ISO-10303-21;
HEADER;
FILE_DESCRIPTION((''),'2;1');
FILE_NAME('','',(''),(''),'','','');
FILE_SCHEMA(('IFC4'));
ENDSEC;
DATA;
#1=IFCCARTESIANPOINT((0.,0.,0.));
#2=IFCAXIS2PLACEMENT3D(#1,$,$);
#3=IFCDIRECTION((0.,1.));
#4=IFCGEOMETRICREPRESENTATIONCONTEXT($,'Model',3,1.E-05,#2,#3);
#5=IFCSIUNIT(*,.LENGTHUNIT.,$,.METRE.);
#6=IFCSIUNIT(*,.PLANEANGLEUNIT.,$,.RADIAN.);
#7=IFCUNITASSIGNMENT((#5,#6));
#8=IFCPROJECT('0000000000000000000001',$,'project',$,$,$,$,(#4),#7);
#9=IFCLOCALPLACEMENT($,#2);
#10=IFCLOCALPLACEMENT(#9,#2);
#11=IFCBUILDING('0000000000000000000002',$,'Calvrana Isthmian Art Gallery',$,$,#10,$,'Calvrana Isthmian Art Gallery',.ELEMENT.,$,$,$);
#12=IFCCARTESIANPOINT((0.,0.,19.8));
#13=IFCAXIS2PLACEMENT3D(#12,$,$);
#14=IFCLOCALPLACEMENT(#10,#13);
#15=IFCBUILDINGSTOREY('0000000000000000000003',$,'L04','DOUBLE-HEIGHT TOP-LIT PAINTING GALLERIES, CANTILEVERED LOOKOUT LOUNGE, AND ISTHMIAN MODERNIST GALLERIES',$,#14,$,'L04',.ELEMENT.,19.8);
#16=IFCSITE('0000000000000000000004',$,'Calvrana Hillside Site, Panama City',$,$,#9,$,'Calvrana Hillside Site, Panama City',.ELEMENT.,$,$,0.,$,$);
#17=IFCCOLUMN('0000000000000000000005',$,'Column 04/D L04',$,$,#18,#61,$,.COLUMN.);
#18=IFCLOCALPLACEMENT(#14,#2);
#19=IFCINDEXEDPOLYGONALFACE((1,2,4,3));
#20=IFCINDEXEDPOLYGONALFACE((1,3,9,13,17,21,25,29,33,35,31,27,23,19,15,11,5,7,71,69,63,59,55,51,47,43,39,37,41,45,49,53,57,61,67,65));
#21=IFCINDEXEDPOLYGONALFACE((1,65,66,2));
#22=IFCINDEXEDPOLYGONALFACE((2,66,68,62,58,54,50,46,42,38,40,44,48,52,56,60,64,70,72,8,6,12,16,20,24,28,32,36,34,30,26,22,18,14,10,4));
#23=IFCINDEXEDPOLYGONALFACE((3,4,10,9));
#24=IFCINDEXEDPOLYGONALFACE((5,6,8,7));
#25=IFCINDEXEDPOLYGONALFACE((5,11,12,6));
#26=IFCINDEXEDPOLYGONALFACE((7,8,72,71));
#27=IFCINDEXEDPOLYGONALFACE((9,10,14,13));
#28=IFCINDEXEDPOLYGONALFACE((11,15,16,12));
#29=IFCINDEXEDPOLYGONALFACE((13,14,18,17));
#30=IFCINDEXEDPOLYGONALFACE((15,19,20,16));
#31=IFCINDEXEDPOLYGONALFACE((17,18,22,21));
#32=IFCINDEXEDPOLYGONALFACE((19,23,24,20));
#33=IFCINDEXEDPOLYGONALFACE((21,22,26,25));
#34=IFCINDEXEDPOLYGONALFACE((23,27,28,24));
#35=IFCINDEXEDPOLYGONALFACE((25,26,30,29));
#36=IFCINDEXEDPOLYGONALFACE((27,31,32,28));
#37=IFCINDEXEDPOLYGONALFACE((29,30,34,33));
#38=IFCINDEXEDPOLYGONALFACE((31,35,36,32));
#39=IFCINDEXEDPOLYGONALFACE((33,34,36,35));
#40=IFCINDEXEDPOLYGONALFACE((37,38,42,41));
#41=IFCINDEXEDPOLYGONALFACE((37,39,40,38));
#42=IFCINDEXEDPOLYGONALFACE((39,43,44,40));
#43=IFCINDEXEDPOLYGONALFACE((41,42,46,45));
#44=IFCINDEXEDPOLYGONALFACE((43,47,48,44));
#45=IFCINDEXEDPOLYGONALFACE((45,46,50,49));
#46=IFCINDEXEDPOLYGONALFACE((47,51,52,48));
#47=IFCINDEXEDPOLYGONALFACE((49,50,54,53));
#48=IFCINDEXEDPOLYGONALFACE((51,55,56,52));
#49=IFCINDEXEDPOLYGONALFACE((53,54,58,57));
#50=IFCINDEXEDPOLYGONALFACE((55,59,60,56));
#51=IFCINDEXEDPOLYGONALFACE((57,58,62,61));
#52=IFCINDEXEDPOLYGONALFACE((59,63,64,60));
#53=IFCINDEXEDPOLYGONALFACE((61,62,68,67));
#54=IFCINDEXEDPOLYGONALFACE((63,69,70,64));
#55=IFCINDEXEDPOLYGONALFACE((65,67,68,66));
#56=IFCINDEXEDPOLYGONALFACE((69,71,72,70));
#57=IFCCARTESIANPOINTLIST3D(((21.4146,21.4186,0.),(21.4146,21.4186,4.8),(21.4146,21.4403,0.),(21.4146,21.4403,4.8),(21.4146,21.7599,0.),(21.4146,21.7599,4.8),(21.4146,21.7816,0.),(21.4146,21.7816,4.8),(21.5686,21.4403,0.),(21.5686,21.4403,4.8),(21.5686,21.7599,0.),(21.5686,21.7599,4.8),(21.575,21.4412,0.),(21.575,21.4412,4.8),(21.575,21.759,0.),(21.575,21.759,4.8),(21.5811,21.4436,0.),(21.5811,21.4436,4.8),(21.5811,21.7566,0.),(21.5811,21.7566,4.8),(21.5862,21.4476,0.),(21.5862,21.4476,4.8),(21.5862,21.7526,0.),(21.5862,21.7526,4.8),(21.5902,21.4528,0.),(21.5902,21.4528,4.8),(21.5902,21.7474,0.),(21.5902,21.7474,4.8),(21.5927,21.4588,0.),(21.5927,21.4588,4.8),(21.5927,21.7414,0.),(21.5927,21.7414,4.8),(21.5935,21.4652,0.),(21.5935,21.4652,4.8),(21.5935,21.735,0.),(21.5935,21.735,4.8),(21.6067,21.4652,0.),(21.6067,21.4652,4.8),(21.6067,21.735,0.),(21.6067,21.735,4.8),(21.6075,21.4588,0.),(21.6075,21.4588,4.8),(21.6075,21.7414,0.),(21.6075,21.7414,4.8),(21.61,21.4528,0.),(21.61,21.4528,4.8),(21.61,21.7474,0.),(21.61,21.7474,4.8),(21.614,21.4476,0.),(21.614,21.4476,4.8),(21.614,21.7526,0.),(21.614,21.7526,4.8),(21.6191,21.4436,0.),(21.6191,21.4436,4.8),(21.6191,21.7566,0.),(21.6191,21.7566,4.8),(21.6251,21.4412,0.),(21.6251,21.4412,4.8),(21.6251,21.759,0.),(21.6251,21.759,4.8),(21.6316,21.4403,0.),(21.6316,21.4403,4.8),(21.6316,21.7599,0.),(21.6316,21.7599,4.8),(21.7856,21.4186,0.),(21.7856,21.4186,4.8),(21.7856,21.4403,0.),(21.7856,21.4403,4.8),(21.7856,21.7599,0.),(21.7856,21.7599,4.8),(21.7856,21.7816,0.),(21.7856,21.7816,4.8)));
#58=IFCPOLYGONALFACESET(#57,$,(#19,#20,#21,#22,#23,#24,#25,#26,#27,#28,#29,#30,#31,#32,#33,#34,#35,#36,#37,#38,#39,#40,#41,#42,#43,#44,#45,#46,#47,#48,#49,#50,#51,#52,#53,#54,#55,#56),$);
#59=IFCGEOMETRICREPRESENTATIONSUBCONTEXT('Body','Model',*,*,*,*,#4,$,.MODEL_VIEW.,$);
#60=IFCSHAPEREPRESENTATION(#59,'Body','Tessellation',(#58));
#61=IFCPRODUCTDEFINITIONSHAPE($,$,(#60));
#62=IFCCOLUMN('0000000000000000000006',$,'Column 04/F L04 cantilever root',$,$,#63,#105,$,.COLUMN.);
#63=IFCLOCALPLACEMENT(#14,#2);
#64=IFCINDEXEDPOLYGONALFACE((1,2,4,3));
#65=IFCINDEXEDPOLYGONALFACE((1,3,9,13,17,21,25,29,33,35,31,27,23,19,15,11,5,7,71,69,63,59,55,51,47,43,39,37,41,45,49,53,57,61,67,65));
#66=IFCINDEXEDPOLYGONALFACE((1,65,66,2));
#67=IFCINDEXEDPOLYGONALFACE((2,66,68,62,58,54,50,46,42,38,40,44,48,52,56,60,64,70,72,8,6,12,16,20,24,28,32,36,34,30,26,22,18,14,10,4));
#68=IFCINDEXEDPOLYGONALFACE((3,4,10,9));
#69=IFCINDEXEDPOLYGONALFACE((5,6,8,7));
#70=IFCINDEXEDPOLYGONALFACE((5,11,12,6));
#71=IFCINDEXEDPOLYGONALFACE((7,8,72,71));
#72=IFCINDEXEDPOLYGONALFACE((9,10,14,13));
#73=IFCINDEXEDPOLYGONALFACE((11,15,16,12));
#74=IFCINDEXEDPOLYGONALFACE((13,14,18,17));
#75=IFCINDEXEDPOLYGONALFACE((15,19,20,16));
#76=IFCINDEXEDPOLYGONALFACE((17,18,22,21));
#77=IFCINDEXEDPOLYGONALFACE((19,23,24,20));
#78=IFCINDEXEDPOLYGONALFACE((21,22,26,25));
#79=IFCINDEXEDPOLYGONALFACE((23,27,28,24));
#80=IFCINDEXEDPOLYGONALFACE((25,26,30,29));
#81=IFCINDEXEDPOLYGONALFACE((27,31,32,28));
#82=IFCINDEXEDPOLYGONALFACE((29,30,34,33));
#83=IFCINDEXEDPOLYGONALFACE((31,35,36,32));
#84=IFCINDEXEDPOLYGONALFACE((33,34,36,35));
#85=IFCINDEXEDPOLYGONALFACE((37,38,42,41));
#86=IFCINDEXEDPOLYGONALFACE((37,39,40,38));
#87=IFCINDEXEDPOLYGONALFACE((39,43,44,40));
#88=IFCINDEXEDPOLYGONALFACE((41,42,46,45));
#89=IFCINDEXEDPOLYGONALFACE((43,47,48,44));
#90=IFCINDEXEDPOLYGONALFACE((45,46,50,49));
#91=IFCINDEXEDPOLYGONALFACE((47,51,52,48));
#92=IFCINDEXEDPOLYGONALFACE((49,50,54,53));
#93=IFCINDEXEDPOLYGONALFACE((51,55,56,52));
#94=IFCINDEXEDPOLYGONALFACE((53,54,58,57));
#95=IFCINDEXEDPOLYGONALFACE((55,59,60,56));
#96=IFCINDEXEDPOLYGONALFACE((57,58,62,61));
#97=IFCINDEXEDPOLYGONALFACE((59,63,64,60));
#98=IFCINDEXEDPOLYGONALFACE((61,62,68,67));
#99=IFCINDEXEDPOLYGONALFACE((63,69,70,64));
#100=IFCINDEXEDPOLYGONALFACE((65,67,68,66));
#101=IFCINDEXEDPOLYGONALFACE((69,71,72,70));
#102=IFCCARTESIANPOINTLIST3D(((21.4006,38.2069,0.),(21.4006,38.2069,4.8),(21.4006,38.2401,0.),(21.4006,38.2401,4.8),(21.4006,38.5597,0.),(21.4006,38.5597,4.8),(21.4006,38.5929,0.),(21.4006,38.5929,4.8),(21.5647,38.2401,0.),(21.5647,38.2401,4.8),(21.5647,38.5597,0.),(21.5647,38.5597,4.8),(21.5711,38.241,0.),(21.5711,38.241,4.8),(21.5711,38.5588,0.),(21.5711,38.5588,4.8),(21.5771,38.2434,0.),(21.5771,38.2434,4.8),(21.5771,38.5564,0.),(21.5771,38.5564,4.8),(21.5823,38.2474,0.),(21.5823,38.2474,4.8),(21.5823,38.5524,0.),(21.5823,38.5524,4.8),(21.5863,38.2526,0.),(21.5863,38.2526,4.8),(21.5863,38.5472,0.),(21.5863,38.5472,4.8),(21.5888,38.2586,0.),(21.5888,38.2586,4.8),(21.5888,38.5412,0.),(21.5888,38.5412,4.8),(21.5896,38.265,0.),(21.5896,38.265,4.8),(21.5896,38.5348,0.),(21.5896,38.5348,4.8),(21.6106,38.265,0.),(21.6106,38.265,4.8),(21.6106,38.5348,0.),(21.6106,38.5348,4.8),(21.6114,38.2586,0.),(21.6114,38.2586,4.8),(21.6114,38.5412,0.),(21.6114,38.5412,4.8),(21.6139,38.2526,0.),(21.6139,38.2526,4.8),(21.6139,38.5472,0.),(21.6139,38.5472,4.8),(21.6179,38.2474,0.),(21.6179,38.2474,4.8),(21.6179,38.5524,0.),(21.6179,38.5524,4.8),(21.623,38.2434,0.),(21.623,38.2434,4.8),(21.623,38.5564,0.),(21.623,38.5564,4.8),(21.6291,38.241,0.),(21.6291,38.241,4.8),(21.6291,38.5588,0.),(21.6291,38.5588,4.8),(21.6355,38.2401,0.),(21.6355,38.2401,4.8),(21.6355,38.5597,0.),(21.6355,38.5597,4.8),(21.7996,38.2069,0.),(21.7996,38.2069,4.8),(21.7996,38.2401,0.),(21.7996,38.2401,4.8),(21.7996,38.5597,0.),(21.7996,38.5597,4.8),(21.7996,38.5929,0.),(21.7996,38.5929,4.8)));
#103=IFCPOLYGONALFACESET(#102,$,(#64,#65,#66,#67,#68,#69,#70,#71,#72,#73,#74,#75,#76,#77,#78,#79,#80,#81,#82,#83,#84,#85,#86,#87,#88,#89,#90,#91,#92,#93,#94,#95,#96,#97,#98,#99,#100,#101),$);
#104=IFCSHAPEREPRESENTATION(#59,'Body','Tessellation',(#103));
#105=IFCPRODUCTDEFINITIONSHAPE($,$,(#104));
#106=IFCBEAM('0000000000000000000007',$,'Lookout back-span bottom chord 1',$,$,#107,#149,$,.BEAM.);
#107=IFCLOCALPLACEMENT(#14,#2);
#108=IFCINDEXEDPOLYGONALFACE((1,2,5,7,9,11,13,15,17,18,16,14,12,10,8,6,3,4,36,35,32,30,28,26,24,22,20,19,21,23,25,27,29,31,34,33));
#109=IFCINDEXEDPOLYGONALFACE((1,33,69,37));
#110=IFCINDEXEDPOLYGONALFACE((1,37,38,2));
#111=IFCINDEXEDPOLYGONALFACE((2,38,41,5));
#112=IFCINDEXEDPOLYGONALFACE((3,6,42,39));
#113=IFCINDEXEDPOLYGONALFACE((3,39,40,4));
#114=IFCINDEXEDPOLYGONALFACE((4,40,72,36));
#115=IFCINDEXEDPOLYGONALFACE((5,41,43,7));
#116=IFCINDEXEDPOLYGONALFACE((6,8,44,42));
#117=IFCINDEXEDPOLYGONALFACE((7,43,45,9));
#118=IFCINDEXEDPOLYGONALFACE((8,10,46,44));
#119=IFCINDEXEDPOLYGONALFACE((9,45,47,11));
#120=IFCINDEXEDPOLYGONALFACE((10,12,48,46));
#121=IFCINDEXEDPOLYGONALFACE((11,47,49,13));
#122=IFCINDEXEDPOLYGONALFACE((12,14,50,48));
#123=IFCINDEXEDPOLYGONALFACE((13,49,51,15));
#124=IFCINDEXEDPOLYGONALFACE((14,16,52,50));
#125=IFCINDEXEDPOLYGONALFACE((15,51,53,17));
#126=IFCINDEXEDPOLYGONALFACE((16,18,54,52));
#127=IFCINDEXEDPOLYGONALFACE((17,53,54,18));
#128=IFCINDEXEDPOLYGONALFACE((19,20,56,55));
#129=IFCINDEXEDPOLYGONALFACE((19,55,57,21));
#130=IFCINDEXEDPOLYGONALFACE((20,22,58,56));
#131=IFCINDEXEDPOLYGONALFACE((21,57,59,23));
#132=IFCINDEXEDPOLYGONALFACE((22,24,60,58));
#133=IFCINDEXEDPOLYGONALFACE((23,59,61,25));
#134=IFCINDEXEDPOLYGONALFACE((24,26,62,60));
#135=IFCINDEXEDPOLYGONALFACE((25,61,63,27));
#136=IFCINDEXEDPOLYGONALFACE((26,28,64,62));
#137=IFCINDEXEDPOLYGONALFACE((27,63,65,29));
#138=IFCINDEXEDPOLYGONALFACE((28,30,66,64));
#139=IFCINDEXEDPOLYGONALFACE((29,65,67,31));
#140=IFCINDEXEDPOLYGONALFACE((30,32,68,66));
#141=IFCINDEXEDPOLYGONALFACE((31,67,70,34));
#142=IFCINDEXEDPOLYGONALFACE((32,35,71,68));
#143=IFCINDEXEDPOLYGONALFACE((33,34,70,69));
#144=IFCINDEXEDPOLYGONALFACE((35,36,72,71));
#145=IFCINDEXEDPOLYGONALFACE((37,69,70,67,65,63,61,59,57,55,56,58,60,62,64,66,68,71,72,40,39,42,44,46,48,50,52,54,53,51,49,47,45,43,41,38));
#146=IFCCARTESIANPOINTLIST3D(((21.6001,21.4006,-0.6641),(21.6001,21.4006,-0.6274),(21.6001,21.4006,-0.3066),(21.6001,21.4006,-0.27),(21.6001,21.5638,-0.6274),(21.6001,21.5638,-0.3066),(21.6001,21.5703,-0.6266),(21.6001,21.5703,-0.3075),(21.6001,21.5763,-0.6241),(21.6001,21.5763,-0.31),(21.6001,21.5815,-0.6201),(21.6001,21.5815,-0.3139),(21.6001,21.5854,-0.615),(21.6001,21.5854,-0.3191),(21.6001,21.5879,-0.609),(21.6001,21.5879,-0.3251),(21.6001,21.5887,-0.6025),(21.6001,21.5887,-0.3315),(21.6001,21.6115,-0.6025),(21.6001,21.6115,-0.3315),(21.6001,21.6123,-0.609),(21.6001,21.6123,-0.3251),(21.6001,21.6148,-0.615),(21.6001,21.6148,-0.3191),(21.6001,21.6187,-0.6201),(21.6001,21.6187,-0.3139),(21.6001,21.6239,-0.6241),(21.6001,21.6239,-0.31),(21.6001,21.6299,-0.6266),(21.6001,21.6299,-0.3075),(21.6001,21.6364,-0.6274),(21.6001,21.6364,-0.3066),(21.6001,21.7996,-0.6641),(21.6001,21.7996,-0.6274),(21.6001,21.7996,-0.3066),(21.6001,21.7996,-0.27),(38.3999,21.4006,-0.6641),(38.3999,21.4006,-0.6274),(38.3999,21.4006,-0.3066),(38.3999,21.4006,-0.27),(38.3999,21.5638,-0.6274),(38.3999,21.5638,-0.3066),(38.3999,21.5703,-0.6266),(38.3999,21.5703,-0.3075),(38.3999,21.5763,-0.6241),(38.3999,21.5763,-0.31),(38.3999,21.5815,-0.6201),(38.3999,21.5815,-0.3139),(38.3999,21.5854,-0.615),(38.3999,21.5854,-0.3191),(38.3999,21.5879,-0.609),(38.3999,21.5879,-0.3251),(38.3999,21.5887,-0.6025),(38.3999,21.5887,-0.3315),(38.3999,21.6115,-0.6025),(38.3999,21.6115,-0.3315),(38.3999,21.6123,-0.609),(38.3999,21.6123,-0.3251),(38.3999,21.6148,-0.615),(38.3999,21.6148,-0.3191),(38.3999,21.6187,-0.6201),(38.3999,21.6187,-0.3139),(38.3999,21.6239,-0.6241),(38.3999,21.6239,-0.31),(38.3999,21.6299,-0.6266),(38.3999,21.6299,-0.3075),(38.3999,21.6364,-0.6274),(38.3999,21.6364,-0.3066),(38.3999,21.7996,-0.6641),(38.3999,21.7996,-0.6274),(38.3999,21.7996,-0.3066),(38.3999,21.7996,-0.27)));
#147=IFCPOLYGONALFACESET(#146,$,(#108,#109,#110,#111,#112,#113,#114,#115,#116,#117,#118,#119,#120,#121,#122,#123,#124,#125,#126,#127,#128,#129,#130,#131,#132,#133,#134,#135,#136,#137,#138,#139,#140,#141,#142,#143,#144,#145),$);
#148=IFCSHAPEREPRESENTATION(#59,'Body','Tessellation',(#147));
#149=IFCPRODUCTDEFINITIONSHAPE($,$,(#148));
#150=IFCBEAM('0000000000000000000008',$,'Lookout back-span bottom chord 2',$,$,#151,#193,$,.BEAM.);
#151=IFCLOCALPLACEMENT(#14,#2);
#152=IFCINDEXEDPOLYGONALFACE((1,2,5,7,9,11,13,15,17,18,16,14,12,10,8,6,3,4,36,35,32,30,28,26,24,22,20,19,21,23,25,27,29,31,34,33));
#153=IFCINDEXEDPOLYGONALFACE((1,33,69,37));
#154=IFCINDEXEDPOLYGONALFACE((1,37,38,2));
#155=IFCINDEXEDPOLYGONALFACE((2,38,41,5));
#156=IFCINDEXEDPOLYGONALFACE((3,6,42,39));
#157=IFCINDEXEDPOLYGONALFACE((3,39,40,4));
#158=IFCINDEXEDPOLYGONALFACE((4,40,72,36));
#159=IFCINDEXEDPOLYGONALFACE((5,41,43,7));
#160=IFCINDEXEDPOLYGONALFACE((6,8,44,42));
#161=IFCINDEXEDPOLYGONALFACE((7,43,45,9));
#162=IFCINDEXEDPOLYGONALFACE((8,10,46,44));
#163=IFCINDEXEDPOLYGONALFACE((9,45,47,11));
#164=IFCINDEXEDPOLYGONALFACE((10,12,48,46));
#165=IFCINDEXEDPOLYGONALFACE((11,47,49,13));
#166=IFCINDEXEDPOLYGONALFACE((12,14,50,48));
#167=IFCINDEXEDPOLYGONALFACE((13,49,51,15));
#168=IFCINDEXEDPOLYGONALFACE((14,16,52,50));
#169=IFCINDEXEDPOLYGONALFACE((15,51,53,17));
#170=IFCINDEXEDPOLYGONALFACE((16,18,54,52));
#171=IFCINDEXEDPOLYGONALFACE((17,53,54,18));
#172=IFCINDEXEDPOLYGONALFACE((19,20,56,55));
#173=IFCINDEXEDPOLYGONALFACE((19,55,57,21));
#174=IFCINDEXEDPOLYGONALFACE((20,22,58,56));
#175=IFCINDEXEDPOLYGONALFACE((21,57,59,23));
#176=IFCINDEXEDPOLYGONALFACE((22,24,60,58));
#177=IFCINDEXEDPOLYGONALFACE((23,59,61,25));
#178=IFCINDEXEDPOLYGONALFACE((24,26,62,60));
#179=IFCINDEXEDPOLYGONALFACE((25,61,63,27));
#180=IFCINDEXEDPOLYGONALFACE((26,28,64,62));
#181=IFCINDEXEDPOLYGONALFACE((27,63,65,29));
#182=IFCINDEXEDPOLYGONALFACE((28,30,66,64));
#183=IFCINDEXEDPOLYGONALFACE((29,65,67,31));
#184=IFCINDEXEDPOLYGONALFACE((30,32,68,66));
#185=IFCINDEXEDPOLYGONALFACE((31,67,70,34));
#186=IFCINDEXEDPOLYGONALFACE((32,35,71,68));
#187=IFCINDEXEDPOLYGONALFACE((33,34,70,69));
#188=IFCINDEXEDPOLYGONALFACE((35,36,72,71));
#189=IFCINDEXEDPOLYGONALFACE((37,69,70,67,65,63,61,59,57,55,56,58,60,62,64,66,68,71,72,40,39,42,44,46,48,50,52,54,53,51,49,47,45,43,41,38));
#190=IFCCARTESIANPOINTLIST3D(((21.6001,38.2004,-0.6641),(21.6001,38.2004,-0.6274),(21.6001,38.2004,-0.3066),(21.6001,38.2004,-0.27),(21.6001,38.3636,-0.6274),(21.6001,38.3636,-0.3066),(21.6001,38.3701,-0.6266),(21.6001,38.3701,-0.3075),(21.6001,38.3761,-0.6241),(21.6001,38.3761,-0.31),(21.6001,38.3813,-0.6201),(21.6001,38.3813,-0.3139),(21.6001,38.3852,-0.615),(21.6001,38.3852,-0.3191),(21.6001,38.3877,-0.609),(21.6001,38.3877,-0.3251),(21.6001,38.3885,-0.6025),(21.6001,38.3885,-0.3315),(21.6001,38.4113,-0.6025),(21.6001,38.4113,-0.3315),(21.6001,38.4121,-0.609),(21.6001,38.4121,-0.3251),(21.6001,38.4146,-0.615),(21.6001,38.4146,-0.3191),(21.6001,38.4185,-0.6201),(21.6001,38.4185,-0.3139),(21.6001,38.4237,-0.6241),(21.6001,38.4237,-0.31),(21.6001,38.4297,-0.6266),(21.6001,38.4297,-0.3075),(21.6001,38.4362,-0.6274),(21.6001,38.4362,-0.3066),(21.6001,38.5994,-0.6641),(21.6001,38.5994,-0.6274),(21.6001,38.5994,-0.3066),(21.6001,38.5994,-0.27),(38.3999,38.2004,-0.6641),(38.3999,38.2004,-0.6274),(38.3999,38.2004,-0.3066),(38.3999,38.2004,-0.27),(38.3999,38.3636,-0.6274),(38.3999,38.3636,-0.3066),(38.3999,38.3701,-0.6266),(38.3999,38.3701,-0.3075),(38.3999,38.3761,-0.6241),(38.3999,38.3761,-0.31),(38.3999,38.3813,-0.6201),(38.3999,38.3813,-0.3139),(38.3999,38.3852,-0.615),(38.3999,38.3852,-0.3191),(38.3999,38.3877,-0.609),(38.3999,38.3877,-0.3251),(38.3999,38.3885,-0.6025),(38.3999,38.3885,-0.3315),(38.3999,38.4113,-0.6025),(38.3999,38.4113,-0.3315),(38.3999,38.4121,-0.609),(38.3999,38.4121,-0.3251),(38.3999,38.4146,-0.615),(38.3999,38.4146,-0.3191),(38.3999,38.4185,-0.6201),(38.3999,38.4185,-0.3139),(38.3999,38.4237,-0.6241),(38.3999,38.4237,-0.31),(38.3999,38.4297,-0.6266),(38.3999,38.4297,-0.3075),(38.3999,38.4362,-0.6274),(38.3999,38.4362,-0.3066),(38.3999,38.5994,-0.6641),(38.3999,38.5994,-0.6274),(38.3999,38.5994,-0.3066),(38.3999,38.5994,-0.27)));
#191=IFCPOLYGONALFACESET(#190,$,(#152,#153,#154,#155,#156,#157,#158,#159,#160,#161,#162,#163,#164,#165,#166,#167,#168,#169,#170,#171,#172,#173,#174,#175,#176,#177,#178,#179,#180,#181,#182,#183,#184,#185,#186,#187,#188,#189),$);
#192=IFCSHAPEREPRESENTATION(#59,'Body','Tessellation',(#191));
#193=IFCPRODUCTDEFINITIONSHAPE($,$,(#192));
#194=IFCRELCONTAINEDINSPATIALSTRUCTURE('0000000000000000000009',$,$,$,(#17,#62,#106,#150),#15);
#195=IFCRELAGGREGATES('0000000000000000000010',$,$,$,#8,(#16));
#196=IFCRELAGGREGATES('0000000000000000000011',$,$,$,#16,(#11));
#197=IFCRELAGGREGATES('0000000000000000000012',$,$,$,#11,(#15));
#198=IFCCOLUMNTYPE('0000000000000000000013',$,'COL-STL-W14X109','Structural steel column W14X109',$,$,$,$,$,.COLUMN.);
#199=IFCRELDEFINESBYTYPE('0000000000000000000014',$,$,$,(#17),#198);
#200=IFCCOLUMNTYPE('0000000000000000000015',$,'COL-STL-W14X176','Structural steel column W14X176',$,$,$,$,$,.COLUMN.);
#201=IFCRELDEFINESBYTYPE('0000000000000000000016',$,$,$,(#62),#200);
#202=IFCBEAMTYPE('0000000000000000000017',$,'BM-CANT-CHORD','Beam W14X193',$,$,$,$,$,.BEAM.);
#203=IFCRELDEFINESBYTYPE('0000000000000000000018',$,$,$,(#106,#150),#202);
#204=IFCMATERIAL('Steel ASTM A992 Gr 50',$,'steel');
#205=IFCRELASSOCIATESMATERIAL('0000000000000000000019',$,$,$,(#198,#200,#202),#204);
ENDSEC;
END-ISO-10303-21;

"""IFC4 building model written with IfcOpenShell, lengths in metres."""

from ifc_helpers import new_model, si_unit, direction, frame, origin, origin_2d, place, context, subcontext, project, spatial, i_section, extrude, material, material_profile, profile_set, type_object, element, save


model = new_model("IFC4")

# Units and contexts
model_context = context("Model", 3, precision=1e-05, world=origin(), true_north=direction((0.0, 1.0)))
body_context = subcontext(model_context, "Body", "Model", "MODEL_VIEW")
ifc_project = project(units=[si_unit("LENGTHUNIT", "METRE"), si_unit("PLANEANGLEUNIT", "RADIAN")], contexts=[model_context])

# Site, building, storey
site_placement = place(None, origin())
site = spatial("IfcSite", under=ifc_project, at=site_placement, Name="Calvrana Hillside Site, Panama City", LongName="Calvrana Hillside Site, Panama City", CompositionType="ELEMENT", RefElevation=0.0)
building_placement = place(site_placement, origin())
building = spatial("IfcBuilding", under=site, at=building_placement, Name="Calvrana Isthmian Art Gallery", LongName="Calvrana Isthmian Art Gallery", CompositionType="ELEMENT")
storey_placement = place(building_placement, frame((0.0, 0.0, 19.8)))
storey = spatial("IfcBuildingStorey", under=building, at=storey_placement, Name="L04", Description="DOUBLE-HEIGHT TOP-LIT PAINTING GALLERIES, CANTILEVERED LOOKOUT LOUNGE, AND ISTHMIAN MODERNIST GALLERIES", LongName="L04", CompositionType="ELEMENT", Elevation=19.8)

# Columns
ifc_material_1 = material(Name="Steel ASTM A992 Gr 50", Category="steel")
ifc_material_profile_1 = material_profile(ifc_material_1, i_section(OverallWidth=0.3711, OverallDepth=0.363, WebThickness=0.0132, FlangeThickness=0.0217, FilletRadius=0.0249, at=origin_2d()), Name="W14X109")
ifc_profile_set_1 = profile_set([ifc_material_profile_1], Name="Steel ASTM A992 Gr 50")
column_type_1 = type_object("IfcColumnType", Name="COL-STL-W14X109", Description="Structural steel column W14X109", PredefinedType="COLUMN", material=ifc_profile_set_1)
column_1_placement = place(storey_placement, frame((21.6001, 21.6001, 0.0), z_axis=(0.0, 0.0, 1.0), x_axis=(1.0, 0.0, 0.0)))
element("IfcColumn", 1, at=column_1_placement, inside=storey, type_object=column_type_1, Name="Column 04/D L04", PredefinedType="COLUMN", context=body_context, shape_type="SweptSolid", body=[
    extrude(i_section(OverallWidth=0.3711, OverallDepth=0.363, WebThickness=0.0132, FlangeThickness=0.0217, FilletRadius=0.0249, at=origin_2d()), origin(), (0.0, 0.0, 1.0), 4.8),
])
ifc_material_profile_2 = material_profile(ifc_material_1, i_section(OverallWidth=0.3989, OverallDepth=0.386, WebThickness=0.021, FlangeThickness=0.0332, FilletRadius=0.0249, at=origin_2d()), Name="W14X176")
ifc_profile_set_2 = profile_set([ifc_material_profile_2], Name="Steel ASTM A992 Gr 50")
column_type_2 = type_object("IfcColumnType", Name="COL-STL-W14X176", Description="Structural steel column W14X176", PredefinedType="COLUMN", material=ifc_profile_set_2)
column_2_placement = place(storey_placement, frame((21.6001, 38.3999, 0.0), z_axis=(0.0, 0.0, 1.0), x_axis=(1.0, 0.0, 0.0)))
element("IfcColumn", 2, at=column_2_placement, inside=storey, type_object=column_type_2, Name="Column 04/F L04 cantilever root", PredefinedType="COLUMN", context=body_context, shape_type="SweptSolid", body=[
    extrude(i_section(OverallWidth=0.3989, OverallDepth=0.386, WebThickness=0.021, FlangeThickness=0.0332, FilletRadius=0.0249, at=origin_2d()), origin(), (0.0, 0.0, 1.0), 4.8),
])

# Beams
ifc_material_profile_3 = material_profile(ifc_material_1, i_section(OverallWidth=0.3989, OverallDepth=0.394, WebThickness=0.0227, FlangeThickness=0.0366, FilletRadius=0.0249, at=origin_2d()), Name="W14X193")
ifc_profile_set_3 = profile_set([ifc_material_profile_3], Name="Steel ASTM A992 Gr 50")
beam_type_1 = type_object("IfcBeamType", Name="BM-CANT-CHORD", Description="Beam W14X193", PredefinedType="BEAM", material=ifc_profile_set_3)
for number, where, z_axis, x_axis, name in (
    (3, (21.6001, 21.6001, -0.467), (1.0, 0.0, 0.0), (0.0, 1.0, 0.0), "Lookout back-span bottom chord 1"),
    (4, (21.6001, 38.3999, -0.467), (1.0, 0.0, 0.0), (0.0, 1.0, 0.0), "Lookout back-span bottom chord 2"),
):
    element("IfcBeam", number, at=place(storey_placement, frame(where, z_axis=z_axis, x_axis=x_axis)), inside=storey, type_object=beam_type_1, Name=name, PredefinedType="BEAM", context=body_context, shape_type="SweptSolid", body=[
        extrude(i_section(OverallWidth=0.3989, OverallDepth=0.394, WebThickness=0.0227, FlangeThickness=0.0366, FilletRadius=0.0249, at=origin_2d()), origin(), (0.0, 0.0, 1.0), 16.7998),
    ])

save(model, "model.ifc")
